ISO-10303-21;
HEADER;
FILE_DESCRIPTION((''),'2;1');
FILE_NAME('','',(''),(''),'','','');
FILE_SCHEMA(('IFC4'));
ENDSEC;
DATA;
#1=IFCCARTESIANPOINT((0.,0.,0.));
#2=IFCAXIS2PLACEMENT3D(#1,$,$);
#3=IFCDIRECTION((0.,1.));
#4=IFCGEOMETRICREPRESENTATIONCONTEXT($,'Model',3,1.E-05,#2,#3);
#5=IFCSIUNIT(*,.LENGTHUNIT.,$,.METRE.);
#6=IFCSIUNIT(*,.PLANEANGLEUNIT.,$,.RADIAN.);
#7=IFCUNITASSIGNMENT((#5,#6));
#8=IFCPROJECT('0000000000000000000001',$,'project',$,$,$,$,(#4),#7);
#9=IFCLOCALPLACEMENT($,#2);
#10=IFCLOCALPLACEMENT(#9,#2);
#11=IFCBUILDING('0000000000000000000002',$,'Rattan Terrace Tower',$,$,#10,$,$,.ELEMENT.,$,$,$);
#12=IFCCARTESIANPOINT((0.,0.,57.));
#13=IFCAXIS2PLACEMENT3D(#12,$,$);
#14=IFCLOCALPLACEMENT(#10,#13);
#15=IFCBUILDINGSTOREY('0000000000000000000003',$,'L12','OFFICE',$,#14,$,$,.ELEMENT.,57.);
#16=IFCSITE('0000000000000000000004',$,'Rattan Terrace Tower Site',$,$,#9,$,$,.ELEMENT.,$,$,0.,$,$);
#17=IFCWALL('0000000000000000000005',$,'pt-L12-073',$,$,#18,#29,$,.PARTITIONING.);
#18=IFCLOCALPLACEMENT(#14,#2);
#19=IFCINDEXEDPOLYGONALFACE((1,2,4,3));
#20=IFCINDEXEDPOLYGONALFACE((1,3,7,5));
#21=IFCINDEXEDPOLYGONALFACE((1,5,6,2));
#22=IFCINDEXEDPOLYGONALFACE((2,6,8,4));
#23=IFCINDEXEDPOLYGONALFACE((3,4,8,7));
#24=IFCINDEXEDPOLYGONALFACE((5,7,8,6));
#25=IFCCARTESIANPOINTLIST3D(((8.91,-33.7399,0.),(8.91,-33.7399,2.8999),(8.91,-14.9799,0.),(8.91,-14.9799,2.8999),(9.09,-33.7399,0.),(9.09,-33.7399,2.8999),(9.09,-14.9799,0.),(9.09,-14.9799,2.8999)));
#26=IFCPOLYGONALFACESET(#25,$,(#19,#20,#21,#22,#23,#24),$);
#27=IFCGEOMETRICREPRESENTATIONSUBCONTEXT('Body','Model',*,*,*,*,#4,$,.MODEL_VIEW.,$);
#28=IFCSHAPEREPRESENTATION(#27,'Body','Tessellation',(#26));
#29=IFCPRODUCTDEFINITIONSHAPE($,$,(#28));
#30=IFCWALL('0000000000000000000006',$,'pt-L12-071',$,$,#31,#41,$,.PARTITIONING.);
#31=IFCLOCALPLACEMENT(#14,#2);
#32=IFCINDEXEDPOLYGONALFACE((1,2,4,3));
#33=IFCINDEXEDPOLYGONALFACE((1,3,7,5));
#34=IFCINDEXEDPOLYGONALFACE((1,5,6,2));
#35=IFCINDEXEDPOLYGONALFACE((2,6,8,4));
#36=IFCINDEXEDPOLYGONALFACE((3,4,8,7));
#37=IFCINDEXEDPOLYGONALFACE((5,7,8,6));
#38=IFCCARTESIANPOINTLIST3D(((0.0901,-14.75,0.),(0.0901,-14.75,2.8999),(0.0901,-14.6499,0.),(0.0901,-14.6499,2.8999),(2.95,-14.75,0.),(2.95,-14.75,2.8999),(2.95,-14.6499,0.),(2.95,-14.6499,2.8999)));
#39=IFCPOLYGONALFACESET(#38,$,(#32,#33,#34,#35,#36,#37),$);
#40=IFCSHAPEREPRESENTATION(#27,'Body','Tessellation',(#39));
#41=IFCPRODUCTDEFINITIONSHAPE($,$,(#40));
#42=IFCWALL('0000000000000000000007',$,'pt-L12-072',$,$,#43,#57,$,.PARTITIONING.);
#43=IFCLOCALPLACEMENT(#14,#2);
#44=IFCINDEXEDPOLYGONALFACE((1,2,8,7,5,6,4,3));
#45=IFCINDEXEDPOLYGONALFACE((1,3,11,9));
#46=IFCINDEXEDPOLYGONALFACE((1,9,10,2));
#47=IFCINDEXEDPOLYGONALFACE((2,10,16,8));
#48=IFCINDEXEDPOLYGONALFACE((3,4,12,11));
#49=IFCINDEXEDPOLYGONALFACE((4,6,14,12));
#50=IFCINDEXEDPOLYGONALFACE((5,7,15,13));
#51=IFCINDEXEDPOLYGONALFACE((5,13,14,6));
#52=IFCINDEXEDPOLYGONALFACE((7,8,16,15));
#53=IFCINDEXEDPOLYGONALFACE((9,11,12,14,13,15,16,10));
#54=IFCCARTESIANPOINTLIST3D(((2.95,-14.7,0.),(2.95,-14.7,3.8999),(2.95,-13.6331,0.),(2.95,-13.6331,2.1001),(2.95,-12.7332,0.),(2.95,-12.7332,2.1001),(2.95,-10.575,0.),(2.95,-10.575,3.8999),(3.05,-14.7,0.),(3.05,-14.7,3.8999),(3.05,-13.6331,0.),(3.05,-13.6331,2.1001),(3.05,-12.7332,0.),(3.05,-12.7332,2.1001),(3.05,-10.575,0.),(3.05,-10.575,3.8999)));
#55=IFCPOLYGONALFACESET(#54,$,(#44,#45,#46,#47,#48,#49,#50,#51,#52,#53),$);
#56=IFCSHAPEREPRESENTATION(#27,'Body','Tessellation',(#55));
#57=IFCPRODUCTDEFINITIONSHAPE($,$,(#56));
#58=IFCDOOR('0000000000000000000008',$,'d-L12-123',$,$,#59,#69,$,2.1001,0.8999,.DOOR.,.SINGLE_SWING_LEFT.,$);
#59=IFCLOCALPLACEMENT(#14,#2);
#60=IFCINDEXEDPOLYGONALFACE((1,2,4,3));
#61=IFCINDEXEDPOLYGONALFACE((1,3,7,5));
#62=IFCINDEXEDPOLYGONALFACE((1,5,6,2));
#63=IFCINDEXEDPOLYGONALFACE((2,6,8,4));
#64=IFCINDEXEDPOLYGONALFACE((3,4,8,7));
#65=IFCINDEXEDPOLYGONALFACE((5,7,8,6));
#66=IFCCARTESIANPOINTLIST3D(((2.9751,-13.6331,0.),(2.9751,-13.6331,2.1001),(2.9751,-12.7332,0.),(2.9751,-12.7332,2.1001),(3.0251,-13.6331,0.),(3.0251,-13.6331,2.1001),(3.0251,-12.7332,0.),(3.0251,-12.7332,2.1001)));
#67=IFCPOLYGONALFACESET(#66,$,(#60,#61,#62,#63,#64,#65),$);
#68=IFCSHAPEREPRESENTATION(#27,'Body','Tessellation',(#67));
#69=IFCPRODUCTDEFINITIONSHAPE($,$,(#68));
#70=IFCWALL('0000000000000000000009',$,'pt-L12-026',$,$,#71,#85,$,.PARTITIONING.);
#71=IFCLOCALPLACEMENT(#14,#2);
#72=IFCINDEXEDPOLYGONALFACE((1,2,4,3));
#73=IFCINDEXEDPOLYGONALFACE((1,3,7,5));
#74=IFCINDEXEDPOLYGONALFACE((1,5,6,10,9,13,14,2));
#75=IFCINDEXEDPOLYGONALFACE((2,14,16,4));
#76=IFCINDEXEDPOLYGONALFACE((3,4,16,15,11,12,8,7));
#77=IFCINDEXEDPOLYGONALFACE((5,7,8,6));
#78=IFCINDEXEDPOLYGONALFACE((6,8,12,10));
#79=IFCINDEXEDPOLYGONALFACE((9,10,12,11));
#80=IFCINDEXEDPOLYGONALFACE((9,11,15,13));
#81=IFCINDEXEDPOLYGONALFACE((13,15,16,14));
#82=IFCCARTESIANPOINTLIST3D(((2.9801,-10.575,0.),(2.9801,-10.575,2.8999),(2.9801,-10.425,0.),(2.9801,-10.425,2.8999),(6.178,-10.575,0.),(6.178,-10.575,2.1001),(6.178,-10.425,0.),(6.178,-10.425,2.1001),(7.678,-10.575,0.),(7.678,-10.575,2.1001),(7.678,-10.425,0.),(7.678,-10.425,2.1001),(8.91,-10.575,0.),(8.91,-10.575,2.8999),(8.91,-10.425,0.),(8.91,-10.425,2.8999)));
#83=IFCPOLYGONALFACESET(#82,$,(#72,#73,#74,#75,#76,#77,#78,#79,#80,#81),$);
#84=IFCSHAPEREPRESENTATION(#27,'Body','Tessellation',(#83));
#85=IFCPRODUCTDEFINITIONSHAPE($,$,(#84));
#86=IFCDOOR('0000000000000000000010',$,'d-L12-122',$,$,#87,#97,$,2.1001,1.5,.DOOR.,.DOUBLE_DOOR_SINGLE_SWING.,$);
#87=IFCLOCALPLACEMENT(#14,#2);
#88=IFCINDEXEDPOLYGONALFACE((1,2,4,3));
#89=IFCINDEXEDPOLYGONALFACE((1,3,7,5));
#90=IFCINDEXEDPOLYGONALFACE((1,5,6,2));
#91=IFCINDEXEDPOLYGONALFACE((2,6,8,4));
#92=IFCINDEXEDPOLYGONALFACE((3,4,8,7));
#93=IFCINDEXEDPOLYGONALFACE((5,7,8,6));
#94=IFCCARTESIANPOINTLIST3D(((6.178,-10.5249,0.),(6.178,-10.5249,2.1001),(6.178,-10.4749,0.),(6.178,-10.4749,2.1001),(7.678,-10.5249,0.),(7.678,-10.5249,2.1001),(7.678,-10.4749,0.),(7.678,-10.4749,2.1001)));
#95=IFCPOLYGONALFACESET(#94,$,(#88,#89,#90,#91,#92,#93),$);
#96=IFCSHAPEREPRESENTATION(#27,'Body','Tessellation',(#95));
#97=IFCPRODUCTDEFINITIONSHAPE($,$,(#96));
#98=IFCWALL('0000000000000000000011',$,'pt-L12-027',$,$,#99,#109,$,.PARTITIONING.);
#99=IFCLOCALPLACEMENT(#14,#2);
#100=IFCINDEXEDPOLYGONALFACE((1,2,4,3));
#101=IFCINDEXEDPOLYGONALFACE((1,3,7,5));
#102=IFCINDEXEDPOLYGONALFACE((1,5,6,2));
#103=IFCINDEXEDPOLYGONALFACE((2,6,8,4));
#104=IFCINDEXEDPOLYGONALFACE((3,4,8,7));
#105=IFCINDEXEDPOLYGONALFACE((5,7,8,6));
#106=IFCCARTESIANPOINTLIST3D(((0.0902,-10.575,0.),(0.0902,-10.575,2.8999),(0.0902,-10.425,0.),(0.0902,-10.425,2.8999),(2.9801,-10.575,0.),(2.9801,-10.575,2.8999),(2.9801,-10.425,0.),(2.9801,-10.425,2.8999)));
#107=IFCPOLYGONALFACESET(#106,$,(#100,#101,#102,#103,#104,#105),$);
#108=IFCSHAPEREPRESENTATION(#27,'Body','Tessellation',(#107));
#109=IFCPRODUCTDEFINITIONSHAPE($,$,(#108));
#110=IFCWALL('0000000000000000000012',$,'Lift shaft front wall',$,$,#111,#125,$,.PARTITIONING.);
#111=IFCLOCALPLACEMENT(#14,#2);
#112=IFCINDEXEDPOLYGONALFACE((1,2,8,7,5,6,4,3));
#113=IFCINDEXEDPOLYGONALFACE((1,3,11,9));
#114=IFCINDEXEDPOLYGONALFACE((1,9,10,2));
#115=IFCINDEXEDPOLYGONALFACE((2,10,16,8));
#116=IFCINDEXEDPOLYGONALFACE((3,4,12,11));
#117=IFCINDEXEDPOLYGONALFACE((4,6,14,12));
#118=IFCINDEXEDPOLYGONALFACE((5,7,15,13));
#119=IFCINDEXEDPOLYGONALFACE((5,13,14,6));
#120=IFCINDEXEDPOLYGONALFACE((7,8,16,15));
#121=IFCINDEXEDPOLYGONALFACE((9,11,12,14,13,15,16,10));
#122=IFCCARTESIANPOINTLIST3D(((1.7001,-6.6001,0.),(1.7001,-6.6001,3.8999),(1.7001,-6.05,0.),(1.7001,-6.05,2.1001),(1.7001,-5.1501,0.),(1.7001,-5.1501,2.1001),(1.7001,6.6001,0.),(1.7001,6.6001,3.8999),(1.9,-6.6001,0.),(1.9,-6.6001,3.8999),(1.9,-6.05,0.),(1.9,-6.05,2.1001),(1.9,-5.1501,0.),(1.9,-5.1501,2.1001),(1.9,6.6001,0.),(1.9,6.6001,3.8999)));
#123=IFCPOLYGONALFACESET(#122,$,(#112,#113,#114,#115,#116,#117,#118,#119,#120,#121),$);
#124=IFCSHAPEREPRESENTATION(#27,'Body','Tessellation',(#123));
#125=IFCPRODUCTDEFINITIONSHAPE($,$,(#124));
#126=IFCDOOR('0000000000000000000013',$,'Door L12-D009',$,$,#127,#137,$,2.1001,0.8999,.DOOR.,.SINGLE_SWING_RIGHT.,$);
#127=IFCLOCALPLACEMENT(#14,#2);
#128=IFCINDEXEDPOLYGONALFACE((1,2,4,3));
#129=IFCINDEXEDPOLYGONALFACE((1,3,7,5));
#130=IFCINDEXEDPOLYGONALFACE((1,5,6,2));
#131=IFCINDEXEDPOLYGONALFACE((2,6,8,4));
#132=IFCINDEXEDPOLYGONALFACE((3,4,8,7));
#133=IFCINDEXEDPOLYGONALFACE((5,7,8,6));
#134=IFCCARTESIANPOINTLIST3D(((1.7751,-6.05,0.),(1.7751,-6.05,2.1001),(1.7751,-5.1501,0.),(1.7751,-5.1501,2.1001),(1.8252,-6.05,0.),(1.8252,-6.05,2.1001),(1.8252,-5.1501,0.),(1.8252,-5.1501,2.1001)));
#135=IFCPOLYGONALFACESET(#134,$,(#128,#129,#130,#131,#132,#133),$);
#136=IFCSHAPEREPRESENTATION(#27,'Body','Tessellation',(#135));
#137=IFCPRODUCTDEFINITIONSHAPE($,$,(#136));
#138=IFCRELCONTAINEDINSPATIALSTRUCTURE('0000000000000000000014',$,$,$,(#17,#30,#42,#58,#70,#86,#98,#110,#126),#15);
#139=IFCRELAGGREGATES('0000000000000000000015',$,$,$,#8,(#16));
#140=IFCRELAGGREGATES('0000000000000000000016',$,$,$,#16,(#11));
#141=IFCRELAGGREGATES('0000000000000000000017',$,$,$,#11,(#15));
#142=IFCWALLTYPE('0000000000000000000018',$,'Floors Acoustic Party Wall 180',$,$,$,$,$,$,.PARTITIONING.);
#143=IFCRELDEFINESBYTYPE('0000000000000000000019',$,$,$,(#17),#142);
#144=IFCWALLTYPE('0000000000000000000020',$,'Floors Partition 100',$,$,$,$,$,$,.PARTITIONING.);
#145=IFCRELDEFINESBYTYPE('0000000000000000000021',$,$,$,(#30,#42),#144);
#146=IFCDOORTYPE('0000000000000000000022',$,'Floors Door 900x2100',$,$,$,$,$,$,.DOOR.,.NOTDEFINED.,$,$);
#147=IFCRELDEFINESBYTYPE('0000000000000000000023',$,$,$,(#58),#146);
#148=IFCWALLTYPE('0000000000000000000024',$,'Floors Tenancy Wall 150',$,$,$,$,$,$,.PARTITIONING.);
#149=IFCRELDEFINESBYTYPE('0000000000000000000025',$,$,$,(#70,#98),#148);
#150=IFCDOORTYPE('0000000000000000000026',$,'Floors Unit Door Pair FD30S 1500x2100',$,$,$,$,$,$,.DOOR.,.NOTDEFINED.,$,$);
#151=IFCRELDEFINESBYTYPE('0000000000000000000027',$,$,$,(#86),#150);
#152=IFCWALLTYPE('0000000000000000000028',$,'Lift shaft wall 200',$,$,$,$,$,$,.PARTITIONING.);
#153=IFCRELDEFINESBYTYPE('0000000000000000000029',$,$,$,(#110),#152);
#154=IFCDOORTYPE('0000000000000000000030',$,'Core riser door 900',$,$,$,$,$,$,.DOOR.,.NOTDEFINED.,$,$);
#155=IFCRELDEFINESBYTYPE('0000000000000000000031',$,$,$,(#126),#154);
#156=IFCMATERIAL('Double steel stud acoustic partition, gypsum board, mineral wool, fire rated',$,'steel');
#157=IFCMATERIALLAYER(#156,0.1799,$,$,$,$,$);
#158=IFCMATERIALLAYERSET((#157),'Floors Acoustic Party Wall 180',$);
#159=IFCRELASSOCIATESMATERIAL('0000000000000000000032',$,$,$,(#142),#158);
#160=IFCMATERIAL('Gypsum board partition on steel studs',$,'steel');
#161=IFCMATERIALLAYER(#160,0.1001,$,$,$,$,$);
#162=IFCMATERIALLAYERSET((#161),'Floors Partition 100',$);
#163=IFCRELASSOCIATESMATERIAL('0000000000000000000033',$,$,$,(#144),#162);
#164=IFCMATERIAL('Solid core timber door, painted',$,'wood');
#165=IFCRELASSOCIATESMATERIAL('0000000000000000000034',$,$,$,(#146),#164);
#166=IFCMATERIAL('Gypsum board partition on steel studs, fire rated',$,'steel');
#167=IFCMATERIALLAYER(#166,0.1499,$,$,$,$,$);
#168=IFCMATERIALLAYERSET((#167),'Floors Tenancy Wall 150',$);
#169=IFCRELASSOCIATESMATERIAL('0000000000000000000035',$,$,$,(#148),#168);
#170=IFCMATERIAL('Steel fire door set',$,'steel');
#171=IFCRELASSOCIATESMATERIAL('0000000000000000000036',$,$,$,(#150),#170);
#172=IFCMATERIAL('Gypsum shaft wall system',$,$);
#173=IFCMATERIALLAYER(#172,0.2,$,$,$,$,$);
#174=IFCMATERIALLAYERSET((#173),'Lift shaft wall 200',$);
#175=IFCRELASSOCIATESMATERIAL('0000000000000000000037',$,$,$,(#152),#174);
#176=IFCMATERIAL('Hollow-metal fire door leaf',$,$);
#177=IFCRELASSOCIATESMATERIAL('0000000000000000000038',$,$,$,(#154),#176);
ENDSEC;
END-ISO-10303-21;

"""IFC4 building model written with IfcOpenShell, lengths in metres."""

from ifc_helpers import new_model, si_unit, direction, frame, frame_2d, origin, place, context, subcontext, project, spatial, rectangle, extrude, material, layer, layer_set, type_object, element, fill, save


model = new_model("IFC4")

# Units and contexts
model_context = context("Model", 3, precision=1e-05, world=origin(), true_north=direction((0.0, 1.0)))
body_context = subcontext(model_context, "Body", "Model", "MODEL_VIEW")
ifc_project = project(units=[si_unit("LENGTHUNIT", "METRE"), si_unit("PLANEANGLEUNIT", "RADIAN")], contexts=[model_context])

# Site, building, storey
site_placement = place(None, origin())
site = spatial("IfcSite", under=ifc_project, at=site_placement, Name="Rattan Terrace Tower Site", CompositionType="ELEMENT", RefElevation=0.0)
building_placement = place(site_placement, origin())
building = spatial("IfcBuilding", under=site, at=building_placement, Name="Rattan Terrace Tower", CompositionType="ELEMENT")
storey_placement = place(building_placement, frame((0.0, 0.0, 57.0)))
storey = spatial("IfcBuildingStorey", under=building, at=storey_placement, Name="L12", Description="OFFICE", CompositionType="ELEMENT", Elevation=57.0)

# Walls
ifc_material_1 = material(Name="Double steel stud acoustic partition, gypsum board, mineral wool, fire rated", Category="steel")
ifc_layer_1 = layer(ifc_material_1, 0.1799)
ifc_layer_set_1 = layer_set([ifc_layer_1], Name="Floors Acoustic Party Wall 180")
wall_type_1 = type_object("IfcWallType", Name="Floors Acoustic Party Wall 180", PredefinedType="PARTITIONING", material=ifc_layer_set_1)
wall_1_placement = place(storey_placement, frame((9.0, -14.98, 0.0), z_axis=(0.0, 0.0, 1.0), x_axis=(0.0, -1.0, 0.0)))
element("IfcWall", 1, at=wall_1_placement, inside=storey, type_object=wall_type_1, Name="pt-L12-073", PredefinedType="PARTITIONING", context=body_context, shape_type="SweptSolid", body=[
    extrude(rectangle(XDim=18.76, YDim=0.1799, at=frame_2d((9.3799, 0.0))), origin(), (0.0, 0.0, 1.0), 2.8999),
])
ifc_material_2 = material(Name="Gypsum board partition on steel studs", Category="steel")
ifc_layer_2 = layer(ifc_material_2, 0.1001)
ifc_layer_set_2 = layer_set([ifc_layer_2], Name="Floors Partition 100")
wall_type_2 = type_object("IfcWallType", Name="Floors Partition 100", PredefinedType="PARTITIONING", material=ifc_layer_set_2)
wall_2_placement = place(storey_placement, frame((0.0901, -14.7, 0.0), z_axis=(0.0, 0.0, 1.0), x_axis=(1.0, 0.0, 0.0)))
element("IfcWall", 2, at=wall_2_placement, inside=storey, type_object=wall_type_2, Name="pt-L12-071", PredefinedType="PARTITIONING", context=body_context, shape_type="SweptSolid", body=[
    extrude(rectangle(XDim=2.8599, YDim=0.1001, at=frame_2d((1.4299, 0.0))), origin(), (0.0, 0.0, 1.0), 2.8999),
])

# Walls, openings, doors
wall_3_placement = place(storey_placement, frame((3.0, -14.7, 0.0), z_axis=(0.0, 0.0, 1.0), x_axis=(0.0, 1.0, 0.0)))
wall_3 = element("IfcWall", 3, at=wall_3_placement, inside=storey, type_object=wall_type_2, Name="pt-L12-072", PredefinedType="PARTITIONING", context=body_context, shape_type="SweptSolid", body=[
    extrude(rectangle(XDim=4.125, YDim=0.1001, at=frame_2d((2.0625, 0.0))), origin(), (0.0, 0.0, 1.0), 3.8999),
])
opening_1_placement = place(wall_3_placement, frame((1.0669, 0.0, 0.0)))
opening_1 = element("IfcOpeningElement", 4, at=opening_1_placement, cuts=wall_3, PredefinedType="OPENING", context=body_context, shape_type="SweptSolid", body=[
    extrude(rectangle(XDim=0.8999, YDim=2.1001, at=frame_2d((0.45, 1.05))), frame((0.0, 0.0605, 0.0), z_axis=(0.0, -1.0, 0.0), x_axis=(1.0, 0.0, 0.0)), (0.0, 0.0, 1.0), 0.1211),
])
ifc_material_3 = material(Name="Solid core timber door, painted", Category="wood")
door_type_1 = type_object("IfcDoorType", Name="Floors Door 900x2100", OperationType="NOTDEFINED", PredefinedType="DOOR", material=ifc_material_3)
door_1_placement = place(opening_1_placement, origin())
door_1 = element("IfcDoor", 5, at=door_1_placement, inside=storey, type_object=door_type_1, Name="d-L12-123", OperationType="SINGLE_SWING_LEFT", OverallHeight=2.1001, OverallWidth=0.8999, PredefinedType="DOOR", context=body_context, shape_type="SweptSolid", body=[
    extrude(rectangle(XDim=0.8999, YDim=2.1001, at=frame_2d((0.45, 1.05))), frame((0.0, 0.0249, 0.0), z_axis=(0.0, -1.0, 0.0), x_axis=(1.0, 0.0, 0.0)), (0.0, 0.0, 1.0), 0.05),
])
fill(opening_1, door_1)
ifc_material_4 = material(Name="Gypsum board partition on steel studs, fire rated", Category="steel")
ifc_layer_3 = layer(ifc_material_4, 0.1499)
ifc_layer_set_3 = layer_set([ifc_layer_3], Name="Floors Tenancy Wall 150")
wall_type_3 = type_object("IfcWallType", Name="Floors Tenancy Wall 150", PredefinedType="PARTITIONING", material=ifc_layer_set_3)
wall_4_placement = place(storey_placement, frame((8.9099, -10.5, 0.0), z_axis=(0.0, 0.0, 1.0), x_axis=(-1.0, 0.0, 0.0)))
wall_4 = element("IfcWall", 6, at=wall_4_placement, inside=storey, type_object=wall_type_3, Name="pt-L12-026", PredefinedType="PARTITIONING", context=body_context, shape_type="SweptSolid", body=[
    extrude(rectangle(XDim=5.9299, YDim=0.1499, at=frame_2d((2.9648, 0.0))), origin(), (0.0, 0.0, 1.0), 2.8999),
])
opening_2_placement = place(wall_4_placement, frame((1.2319, 0.0, 0.0)))
opening_2 = element("IfcOpeningElement", 7, at=opening_2_placement, cuts=wall_4, PredefinedType="OPENING", context=body_context, shape_type="SweptSolid", body=[
    extrude(rectangle(XDim=1.5, YDim=2.1001, at=frame_2d((0.75, 1.05))), frame((0.0, 0.0854, 0.0), z_axis=(0.0, -1.0, 0.0), x_axis=(1.0, 0.0, 0.0)), (0.0, 0.0, 1.0), 0.1709),
])
ifc_material_5 = material(Name="Steel fire door set", Category="steel")
door_type_2 = type_object("IfcDoorType", Name="Floors Unit Door Pair FD30S 1500x2100", OperationType="NOTDEFINED", PredefinedType="DOOR", material=ifc_material_5)
door_2_placement = place(opening_2_placement, origin())
door_2 = element("IfcDoor", 8, at=door_2_placement, inside=storey, type_object=door_type_2, Name="d-L12-122", OperationType="DOUBLE_DOOR_SINGLE_SWING", OverallHeight=2.1001, OverallWidth=1.5, PredefinedType="DOOR", context=body_context, shape_type="SweptSolid", body=[
    extrude(rectangle(XDim=1.5, YDim=2.1001, at=frame_2d((0.75, 1.05))), frame((0.0, 0.0249, 0.0), z_axis=(0.0, -1.0, 0.0), x_axis=(1.0, 0.0, 0.0)), (0.0, 0.0, 1.0), 0.05),
])
fill(opening_2, door_2)

# Wall
wall_5_placement = place(storey_placement, frame((2.98, -10.5, 0.0), z_axis=(0.0, 0.0, 1.0), x_axis=(-1.0, 0.0, 0.0)))
element("IfcWall", 9, at=wall_5_placement, inside=storey, type_object=wall_type_3, Name="pt-L12-027", PredefinedType="PARTITIONING", context=body_context, shape_type="SweptSolid", body=[
    extrude(rectangle(XDim=2.8899, YDim=0.1499, at=frame_2d((1.4448, 0.0))), origin(), (0.0, 0.0, 1.0), 2.8999),
])

# Wall, opening, door
ifc_material_6 = material(Name="Gypsum shaft wall system")
ifc_layer_4 = layer(ifc_material_6, 0.2)
ifc_layer_set_4 = layer_set([ifc_layer_4], Name="Lift shaft wall 200")
wall_type_4 = type_object("IfcWallType", Name="Lift shaft wall 200", PredefinedType="PARTITIONING", material=ifc_layer_set_4)
wall_6_placement = place(storey_placement, frame((1.8, -6.6001, 0.0), z_axis=(0.0, 0.0, 1.0), x_axis=(0.0, 1.0, 0.0)))
wall_6 = element("IfcWall", 10, at=wall_6_placement, inside=storey, type_object=wall_type_4, Name="Lift shaft front wall", PredefinedType="PARTITIONING", context=body_context, shape_type="SweptSolid", body=[
    extrude(rectangle(XDim=13.2002, YDim=0.2, at=frame_2d((6.6001, 0.0))), origin(), (0.0, 0.0, 1.0), 3.8999),
])
opening_3_placement = place(wall_6_placement, frame((0.55, 0.0, 0.0)))
opening_3 = element("IfcOpeningElement", 11, at=opening_3_placement, cuts=wall_6, PredefinedType="OPENING", context=body_context, shape_type="SweptSolid", body=[
    extrude(rectangle(XDim=0.8999, YDim=2.1001, at=frame_2d((0.45, 1.05))), frame((0.0, 0.1106, 0.0), z_axis=(0.0, -1.0, 0.0), x_axis=(1.0, 0.0, 0.0)), (0.0, 0.0, 1.0), 0.2209),
])
ifc_material_7 = material(Name="Hollow-metal fire door leaf")
door_type_3 = type_object("IfcDoorType", Name="Core riser door 900", OperationType="NOTDEFINED", PredefinedType="DOOR", material=ifc_material_7)
door_3_placement = place(opening_3_placement, origin())
door_3 = element("IfcDoor", 12, at=door_3_placement, inside=storey, type_object=door_type_3, Name="Door L12-D009", OperationType="SINGLE_SWING_RIGHT", OverallHeight=2.1001, OverallWidth=0.8999, PredefinedType="DOOR", context=body_context, shape_type="SweptSolid", body=[
    extrude(rectangle(XDim=0.8999, YDim=2.1001, at=frame_2d((0.45, 1.05))), frame((0.0, 0.0249, 0.0), z_axis=(0.0, -1.0, 0.0), x_axis=(1.0, 0.0, 0.0)), (0.0, 0.0, 1.0), 0.05),
])
fill(opening_3, door_3)

save(model, "model.ifc")
